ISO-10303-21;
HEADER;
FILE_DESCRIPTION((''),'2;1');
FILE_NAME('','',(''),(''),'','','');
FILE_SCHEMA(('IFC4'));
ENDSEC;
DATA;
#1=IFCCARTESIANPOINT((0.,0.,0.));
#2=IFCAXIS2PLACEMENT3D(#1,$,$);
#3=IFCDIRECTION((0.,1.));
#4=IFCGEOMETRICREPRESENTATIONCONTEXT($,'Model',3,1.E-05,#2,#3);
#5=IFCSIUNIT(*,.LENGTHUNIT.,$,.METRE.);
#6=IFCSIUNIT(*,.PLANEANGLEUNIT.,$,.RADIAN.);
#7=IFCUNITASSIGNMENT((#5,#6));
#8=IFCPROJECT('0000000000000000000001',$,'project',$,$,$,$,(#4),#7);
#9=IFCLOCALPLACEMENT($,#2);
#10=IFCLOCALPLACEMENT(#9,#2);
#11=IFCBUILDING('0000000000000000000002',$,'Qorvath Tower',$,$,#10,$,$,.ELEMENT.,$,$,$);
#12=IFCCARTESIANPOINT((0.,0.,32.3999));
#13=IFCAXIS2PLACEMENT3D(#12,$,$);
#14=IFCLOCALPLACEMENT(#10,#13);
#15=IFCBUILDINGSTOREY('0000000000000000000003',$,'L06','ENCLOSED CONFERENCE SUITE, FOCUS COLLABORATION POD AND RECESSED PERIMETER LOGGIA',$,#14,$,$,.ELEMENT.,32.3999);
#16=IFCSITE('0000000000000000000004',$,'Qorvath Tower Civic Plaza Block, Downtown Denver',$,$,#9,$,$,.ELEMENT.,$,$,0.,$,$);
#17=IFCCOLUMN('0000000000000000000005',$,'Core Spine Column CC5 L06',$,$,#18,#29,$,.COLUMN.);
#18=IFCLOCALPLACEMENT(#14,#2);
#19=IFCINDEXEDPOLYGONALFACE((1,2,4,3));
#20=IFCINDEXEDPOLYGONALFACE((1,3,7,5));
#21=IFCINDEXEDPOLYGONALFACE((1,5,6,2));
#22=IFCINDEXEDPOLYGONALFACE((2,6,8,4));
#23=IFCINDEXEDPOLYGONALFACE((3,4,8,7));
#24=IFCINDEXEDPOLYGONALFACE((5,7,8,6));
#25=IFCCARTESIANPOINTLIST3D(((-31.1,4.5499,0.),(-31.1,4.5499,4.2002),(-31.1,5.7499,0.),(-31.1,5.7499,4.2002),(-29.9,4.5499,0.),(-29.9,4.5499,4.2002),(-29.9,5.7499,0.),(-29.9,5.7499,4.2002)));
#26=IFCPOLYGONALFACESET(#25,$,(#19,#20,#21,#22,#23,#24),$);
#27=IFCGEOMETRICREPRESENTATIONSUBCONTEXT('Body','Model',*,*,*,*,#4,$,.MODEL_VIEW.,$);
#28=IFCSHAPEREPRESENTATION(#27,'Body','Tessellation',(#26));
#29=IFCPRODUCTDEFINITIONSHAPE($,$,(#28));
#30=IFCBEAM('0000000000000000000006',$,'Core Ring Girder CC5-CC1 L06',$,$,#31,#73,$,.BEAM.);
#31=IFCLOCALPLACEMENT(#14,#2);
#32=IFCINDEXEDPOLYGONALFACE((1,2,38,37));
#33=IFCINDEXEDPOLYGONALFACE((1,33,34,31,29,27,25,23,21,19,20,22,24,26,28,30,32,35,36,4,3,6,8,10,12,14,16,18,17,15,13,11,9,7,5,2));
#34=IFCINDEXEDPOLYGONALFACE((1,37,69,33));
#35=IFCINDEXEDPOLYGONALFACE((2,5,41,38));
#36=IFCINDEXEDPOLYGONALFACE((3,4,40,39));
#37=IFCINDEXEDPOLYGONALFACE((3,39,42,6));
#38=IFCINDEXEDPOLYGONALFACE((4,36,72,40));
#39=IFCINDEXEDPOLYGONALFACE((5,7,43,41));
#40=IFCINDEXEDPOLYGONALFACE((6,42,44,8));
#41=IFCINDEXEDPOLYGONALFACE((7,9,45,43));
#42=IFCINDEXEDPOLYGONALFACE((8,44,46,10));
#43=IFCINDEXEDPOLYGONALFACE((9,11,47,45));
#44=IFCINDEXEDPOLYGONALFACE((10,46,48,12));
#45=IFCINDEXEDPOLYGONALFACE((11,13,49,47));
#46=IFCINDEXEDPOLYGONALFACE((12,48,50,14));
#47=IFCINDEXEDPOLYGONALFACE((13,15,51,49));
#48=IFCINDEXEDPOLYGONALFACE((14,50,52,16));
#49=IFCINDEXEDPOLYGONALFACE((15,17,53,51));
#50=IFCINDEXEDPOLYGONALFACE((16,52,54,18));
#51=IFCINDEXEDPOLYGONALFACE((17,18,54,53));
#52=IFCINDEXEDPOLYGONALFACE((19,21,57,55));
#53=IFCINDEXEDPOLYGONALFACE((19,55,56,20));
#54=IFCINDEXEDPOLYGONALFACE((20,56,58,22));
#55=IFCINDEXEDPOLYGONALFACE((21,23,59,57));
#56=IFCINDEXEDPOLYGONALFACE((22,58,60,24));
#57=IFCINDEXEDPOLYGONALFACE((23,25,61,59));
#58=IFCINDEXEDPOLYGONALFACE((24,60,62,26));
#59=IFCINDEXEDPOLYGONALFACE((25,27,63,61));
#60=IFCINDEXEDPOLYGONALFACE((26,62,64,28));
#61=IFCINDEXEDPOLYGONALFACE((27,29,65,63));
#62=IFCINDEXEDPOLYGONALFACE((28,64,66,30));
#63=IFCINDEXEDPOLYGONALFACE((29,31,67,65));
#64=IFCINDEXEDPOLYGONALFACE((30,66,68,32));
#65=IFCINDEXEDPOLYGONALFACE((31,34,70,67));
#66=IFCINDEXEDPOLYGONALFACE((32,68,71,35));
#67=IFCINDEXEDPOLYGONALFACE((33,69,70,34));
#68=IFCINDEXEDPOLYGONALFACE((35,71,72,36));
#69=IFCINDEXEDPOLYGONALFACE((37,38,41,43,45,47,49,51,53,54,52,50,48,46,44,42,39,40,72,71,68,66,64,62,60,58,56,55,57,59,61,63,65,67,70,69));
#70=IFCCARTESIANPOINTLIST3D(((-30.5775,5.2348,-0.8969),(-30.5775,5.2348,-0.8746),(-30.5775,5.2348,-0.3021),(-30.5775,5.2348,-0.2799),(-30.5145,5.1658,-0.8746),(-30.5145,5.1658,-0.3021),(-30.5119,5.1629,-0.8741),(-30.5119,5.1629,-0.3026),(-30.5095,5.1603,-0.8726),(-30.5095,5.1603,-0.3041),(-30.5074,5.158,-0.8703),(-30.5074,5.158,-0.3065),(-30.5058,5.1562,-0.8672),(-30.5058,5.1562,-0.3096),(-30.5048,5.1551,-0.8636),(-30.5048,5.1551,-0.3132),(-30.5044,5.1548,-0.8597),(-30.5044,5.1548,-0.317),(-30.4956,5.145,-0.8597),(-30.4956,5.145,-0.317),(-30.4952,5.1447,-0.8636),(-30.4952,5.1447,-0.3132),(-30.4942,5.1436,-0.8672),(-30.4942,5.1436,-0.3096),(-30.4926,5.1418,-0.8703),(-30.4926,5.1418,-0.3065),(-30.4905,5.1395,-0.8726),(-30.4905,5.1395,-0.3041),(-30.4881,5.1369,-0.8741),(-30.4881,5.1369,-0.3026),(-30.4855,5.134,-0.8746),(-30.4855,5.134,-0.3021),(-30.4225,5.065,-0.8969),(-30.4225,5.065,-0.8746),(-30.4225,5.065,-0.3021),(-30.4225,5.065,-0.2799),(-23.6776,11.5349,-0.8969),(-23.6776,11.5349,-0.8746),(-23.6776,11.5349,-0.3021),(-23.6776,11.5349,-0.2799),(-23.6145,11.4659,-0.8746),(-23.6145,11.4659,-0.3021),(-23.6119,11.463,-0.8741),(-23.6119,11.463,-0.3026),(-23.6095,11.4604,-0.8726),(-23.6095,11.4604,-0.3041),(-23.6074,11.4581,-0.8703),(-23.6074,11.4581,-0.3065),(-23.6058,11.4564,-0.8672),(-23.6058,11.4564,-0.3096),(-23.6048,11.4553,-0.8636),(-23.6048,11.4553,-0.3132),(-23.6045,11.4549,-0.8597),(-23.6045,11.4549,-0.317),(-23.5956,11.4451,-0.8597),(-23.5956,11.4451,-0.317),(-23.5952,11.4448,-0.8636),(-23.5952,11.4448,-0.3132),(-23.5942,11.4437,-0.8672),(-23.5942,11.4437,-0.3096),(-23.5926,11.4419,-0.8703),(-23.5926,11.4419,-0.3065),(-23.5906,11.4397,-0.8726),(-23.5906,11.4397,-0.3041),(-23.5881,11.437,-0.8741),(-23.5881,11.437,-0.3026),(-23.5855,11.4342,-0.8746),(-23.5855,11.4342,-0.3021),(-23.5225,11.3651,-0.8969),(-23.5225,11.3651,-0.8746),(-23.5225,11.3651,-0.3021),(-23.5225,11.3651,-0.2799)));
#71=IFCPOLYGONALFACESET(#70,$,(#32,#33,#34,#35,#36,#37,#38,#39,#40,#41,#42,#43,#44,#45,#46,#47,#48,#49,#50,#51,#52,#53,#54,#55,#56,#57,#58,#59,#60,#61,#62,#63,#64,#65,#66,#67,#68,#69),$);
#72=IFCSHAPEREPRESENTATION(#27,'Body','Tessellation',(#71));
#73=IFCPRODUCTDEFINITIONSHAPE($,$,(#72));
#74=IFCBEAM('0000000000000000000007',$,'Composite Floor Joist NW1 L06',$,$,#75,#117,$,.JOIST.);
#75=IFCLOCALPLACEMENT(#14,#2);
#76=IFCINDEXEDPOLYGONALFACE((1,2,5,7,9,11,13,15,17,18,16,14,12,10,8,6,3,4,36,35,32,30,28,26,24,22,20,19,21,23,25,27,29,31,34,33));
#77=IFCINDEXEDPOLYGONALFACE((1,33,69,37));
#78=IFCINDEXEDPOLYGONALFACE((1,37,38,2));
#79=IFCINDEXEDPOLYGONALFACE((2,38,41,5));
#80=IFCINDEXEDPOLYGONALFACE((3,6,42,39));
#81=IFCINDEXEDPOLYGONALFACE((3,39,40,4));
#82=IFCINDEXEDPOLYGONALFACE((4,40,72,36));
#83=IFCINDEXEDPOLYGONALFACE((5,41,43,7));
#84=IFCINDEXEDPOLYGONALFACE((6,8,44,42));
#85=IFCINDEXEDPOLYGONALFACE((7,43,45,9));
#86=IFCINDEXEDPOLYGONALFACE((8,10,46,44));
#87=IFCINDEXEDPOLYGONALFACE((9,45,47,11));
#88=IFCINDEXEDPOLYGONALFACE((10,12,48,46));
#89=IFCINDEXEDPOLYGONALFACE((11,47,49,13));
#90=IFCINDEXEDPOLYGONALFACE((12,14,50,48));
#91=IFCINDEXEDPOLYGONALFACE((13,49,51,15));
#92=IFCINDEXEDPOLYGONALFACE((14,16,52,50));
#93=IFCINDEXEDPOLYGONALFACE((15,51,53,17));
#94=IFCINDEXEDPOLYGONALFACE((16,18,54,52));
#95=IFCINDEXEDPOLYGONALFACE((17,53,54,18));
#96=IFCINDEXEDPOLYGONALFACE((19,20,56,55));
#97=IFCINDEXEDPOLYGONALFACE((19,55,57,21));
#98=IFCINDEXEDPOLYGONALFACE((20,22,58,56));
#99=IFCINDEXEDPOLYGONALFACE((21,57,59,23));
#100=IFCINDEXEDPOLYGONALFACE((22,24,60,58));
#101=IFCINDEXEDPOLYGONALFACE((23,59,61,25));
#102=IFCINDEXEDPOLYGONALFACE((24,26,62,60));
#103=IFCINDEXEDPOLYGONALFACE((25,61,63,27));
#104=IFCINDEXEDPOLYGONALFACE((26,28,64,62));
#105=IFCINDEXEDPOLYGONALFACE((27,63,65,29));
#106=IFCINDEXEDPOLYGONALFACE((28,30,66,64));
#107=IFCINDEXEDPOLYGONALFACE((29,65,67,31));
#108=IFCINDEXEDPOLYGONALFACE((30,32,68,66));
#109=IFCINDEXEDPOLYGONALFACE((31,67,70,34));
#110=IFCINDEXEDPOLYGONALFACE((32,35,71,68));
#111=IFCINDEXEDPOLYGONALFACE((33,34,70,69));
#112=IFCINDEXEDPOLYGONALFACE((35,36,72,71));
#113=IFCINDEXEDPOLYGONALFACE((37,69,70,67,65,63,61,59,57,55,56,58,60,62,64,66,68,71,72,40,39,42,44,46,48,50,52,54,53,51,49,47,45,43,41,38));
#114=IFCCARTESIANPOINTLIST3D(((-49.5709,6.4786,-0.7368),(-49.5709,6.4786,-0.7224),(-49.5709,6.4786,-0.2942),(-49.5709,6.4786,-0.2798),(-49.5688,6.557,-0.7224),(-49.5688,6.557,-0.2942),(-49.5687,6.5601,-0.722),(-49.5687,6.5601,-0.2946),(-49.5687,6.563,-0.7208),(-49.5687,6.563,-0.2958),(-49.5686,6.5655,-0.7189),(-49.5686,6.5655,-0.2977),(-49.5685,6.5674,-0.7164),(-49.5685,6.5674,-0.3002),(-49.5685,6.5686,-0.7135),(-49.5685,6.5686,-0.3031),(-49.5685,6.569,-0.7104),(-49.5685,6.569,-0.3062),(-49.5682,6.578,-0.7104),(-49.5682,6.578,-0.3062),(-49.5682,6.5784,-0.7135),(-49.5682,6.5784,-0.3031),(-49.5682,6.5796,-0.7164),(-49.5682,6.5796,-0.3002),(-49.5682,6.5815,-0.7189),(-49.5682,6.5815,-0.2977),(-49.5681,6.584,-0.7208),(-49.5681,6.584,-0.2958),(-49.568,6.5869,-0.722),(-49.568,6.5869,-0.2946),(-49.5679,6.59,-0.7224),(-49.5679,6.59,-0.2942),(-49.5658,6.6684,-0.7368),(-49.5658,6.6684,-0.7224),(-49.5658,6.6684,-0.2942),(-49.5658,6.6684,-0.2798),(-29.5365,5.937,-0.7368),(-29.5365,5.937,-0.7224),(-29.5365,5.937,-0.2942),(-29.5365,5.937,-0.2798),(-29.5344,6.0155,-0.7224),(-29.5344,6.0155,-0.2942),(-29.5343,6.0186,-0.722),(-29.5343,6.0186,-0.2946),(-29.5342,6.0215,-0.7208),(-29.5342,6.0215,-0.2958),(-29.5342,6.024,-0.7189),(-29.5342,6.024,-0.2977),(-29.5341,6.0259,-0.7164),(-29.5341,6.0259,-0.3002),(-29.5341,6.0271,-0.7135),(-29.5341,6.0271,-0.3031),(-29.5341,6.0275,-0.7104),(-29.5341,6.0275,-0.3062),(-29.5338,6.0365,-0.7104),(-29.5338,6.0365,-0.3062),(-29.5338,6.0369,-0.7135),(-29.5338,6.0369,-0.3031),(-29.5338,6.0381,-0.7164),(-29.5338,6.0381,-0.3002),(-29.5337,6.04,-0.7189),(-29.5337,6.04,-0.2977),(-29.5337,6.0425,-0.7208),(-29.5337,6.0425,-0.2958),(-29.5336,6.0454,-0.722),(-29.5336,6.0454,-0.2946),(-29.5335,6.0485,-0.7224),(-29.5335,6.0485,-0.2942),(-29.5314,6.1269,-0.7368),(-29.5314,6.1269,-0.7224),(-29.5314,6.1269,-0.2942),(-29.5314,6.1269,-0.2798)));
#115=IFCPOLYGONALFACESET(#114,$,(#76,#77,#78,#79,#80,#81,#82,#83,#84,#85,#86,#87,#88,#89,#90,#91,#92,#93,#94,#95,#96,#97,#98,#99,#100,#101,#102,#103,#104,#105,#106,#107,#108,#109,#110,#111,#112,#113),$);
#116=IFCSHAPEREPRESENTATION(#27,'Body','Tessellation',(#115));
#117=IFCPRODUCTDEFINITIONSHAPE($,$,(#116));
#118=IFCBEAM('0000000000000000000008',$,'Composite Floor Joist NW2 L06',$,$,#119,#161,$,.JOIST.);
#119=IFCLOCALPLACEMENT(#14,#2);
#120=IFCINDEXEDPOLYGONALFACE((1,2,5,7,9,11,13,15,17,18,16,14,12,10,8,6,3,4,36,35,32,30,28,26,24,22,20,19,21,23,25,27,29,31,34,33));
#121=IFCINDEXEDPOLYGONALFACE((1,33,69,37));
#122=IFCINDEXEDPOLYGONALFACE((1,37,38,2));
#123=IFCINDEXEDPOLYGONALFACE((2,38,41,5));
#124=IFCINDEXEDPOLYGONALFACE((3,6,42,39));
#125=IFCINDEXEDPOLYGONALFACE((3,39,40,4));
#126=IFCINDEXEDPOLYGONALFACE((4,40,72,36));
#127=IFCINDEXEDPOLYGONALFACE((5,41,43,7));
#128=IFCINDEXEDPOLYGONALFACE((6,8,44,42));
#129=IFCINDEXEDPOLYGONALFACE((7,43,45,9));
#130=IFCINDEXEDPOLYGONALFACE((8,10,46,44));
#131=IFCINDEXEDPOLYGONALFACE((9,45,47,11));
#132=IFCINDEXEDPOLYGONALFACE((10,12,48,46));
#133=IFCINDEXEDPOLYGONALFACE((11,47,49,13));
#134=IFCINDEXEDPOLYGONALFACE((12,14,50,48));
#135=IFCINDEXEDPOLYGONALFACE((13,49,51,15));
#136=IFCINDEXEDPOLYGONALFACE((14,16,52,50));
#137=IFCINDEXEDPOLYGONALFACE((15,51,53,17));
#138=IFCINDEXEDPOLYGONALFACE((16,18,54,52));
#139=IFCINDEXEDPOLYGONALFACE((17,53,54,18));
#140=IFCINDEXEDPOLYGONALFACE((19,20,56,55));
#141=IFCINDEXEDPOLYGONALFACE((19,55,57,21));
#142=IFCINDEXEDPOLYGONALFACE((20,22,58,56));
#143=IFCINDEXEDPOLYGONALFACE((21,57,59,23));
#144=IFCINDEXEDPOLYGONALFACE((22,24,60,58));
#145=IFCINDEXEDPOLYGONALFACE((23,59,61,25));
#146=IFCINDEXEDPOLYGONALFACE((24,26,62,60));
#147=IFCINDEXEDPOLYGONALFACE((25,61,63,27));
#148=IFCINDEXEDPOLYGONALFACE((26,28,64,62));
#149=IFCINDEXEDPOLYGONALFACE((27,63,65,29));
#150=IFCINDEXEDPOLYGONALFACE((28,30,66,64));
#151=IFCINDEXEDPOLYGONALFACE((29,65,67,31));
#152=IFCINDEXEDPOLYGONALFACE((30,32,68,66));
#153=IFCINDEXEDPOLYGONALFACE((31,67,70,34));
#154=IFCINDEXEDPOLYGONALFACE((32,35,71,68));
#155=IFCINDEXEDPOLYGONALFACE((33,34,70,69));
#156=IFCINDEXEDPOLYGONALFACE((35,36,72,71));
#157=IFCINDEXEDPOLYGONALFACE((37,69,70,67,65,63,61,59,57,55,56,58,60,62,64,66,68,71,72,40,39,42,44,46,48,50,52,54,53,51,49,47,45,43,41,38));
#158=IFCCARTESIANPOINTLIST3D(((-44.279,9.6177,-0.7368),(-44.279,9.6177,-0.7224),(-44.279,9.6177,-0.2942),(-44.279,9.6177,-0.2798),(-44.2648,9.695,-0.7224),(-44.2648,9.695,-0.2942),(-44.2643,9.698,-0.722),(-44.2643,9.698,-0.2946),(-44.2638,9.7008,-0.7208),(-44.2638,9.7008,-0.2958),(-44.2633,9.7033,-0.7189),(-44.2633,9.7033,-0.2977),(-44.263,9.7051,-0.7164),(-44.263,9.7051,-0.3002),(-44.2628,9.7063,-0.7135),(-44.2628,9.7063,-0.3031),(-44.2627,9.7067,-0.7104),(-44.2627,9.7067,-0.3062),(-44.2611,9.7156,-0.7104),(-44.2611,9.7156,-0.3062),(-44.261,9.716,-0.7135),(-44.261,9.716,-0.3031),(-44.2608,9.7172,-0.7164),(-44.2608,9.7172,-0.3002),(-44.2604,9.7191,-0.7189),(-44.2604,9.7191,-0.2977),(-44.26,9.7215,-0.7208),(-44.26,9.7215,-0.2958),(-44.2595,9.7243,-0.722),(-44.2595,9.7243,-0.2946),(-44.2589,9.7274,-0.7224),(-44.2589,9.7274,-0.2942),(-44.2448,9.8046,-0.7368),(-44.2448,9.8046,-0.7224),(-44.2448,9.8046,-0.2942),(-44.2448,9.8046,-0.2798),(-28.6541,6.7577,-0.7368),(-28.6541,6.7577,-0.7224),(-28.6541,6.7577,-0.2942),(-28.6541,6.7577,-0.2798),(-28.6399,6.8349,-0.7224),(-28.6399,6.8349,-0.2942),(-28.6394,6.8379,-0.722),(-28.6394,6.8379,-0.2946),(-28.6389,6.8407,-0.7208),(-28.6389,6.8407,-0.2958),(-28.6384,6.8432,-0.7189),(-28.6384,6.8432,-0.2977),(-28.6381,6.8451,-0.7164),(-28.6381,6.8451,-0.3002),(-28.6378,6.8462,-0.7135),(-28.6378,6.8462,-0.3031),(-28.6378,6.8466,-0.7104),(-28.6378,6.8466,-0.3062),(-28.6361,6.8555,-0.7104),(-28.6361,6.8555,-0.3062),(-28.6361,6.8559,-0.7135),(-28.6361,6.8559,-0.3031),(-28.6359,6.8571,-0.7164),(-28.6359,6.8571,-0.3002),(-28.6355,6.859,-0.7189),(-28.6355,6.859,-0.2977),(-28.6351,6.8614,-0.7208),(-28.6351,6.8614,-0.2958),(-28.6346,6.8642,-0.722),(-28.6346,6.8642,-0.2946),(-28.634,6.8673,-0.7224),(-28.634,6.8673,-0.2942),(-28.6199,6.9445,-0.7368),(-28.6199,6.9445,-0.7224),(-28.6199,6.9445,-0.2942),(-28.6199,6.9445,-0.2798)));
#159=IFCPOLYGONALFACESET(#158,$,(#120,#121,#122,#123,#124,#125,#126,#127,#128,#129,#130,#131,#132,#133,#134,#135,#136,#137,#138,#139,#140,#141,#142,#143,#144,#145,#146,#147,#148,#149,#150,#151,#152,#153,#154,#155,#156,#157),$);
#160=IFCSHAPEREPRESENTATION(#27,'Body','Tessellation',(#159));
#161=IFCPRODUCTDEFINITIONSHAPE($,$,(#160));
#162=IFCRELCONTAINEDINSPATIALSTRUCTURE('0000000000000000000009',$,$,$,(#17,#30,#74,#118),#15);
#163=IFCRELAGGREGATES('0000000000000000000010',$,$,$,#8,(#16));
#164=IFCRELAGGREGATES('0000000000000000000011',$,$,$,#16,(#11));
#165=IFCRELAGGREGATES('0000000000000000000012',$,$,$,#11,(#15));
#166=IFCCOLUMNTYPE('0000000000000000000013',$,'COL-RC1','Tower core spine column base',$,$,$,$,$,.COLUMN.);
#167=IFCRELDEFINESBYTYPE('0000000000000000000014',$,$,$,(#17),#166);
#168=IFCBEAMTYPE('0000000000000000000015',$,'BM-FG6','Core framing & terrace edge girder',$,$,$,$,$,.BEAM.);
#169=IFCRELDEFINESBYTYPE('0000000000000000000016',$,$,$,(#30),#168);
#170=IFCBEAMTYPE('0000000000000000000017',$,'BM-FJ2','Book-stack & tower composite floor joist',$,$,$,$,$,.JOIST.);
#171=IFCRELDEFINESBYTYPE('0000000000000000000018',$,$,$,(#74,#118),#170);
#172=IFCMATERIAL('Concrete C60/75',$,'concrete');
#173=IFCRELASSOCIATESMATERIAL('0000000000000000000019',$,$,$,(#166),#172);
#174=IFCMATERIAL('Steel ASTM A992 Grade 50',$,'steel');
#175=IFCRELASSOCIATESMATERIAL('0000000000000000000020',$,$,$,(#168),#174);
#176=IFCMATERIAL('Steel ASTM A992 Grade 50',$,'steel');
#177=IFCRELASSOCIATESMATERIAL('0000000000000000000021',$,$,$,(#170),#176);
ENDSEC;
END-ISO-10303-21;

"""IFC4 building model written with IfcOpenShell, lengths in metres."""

from ifc_helpers import new_model, si_unit, direction, frame, origin, origin_2d, place, context, subcontext, project, spatial, rectangle, i_section, extrude, material, material_profile, profile_set, type_object, element, save


model = new_model("IFC4")

# Units and contexts
model_context = context("Model", 3, precision=1e-05, world=origin(), true_north=direction((0.0, 1.0)))
body_context = subcontext(model_context, "Body", "Model", "MODEL_VIEW")
ifc_project = project(units=[si_unit("LENGTHUNIT", "METRE"), si_unit("PLANEANGLEUNIT", "RADIAN")], contexts=[model_context])

# Site, building, storey
site_placement = place(None, origin())
site = spatial("IfcSite", under=ifc_project, at=site_placement, Name="Qorvath Tower Civic Plaza Block, Downtown Denver", CompositionType="ELEMENT", RefElevation=0.0)
building_placement = place(site_placement, origin())
building = spatial("IfcBuilding", under=site, at=building_placement, Name="Qorvath Tower", CompositionType="ELEMENT")
storey_placement = place(building_placement, frame((0.0, 0.0, 32.3999)))
storey = spatial("IfcBuildingStorey", under=building, at=storey_placement, Name="L06", Description="ENCLOSED CONFERENCE SUITE, FOCUS COLLABORATION POD AND RECESSED PERIMETER LOGGIA", CompositionType="ELEMENT", Elevation=32.3999)

# Column
ifc_material_1 = material(Name="Concrete C60/75", Category="concrete")
ifc_material_profile_1 = material_profile(ifc_material_1, rectangle(XDim=1.2, YDim=1.2, at=origin_2d()), Name="RC 1200x1200")
ifc_profile_set_1 = profile_set([ifc_material_profile_1], Name="Concrete C60/75")
column_type = type_object("IfcColumnType", Name="COL-RC1", Description="Tower core spine column base", PredefinedType="COLUMN", material=ifc_profile_set_1)
column_placement = place(storey_placement, frame((-30.5, 5.1499, 0.0), z_axis=(0.0, 0.0, 1.0), x_axis=(1.0, 0.0, 0.0)))
element("IfcColumn", 1, at=column_placement, inside=storey, type_object=column_type, Name="Core Spine Column CC5 L06", PredefinedType="COLUMN", context=body_context, shape_type="SweptSolid", body=[
    extrude(rectangle(XDim=1.2, YDim=1.2, at=origin_2d()), origin(), (0.0, 0.0, 1.0), 4.2002),
])

# Beams
ifc_material_2 = material(Name="Steel ASTM A992 Grade 50", Category="steel")
ifc_material_profile_2 = material_profile(ifc_material_2, i_section(OverallWidth=0.23, OverallDepth=0.6169, WebThickness=0.0132, FlangeThickness=0.0222, FilletRadius=0.0149, at=origin_2d()), Name="W24x94")
ifc_profile_set_2 = profile_set([ifc_material_profile_2], Name="Steel ASTM A992 Grade 50")
beam_type_1 = type_object("IfcBeamType", Name="BM-FG6", Description="Core framing & terrace edge girder", PredefinedType="BEAM", material=ifc_profile_set_2)
beam_1_placement = place(storey_placement, frame((-30.5, 5.1499, -0.5884), z_axis=(0.738478, 0.674277, 0.0), x_axis=(-0.674277, 0.738478, 0.0)))
element("IfcBeam", 2, at=beam_1_placement, inside=storey, type_object=beam_type_1, Name="Core Ring Girder CC5-CC1 L06", PredefinedType="BEAM", context=body_context, shape_type="SweptSolid", body=[
    extrude(i_section(OverallWidth=0.23, OverallDepth=0.6169, WebThickness=0.0132, FlangeThickness=0.0222, FilletRadius=0.0149, at=origin_2d()), origin(), (0.0, 0.0, 1.0), 9.3435),
])
ifc_material_3 = material(Name="Steel ASTM A992 Grade 50", Category="steel")
ifc_material_profile_3 = material_profile(ifc_material_3, i_section(OverallWidth=0.1899, OverallDepth=0.457, WebThickness=0.009, FlangeThickness=0.0144, FilletRadius=0.012, at=origin_2d()), Name="W18x50")
ifc_profile_set_3 = profile_set([ifc_material_profile_3], Name="Steel ASTM A992 Grade 50")
beam_type_2 = type_object("IfcBeamType", Name="BM-FJ2", Description="Book-stack & tower composite floor joist", PredefinedType="JOIST", material=ifc_profile_set_3)
beam_2_placement = place(storey_placement, frame((-29.5339, 6.032, -0.5083), z_axis=(-0.999635, 0.027019, 0.0), x_axis=(-0.027019, -0.999635, 0.0)))
element("IfcBeam", 3, at=beam_2_placement, inside=storey, type_object=beam_type_2, Name="Composite Floor Joist NW1 L06", PredefinedType="JOIST", context=body_context, shape_type="SweptSolid", body=[
    extrude(i_section(OverallWidth=0.1899, OverallDepth=0.457, WebThickness=0.009, FlangeThickness=0.0144, FilletRadius=0.012, at=origin_2d()), origin(), (0.0, 0.0, 1.0), 20.0417),
])
beam_3_placement = place(storey_placement, frame((-28.637, 6.8511, -0.5083), z_axis=(-0.983656, 0.180055, 0.0), x_axis=(-0.180055, -0.983656, 0.0)))
element("IfcBeam", 4, at=beam_3_placement, inside=storey, type_object=beam_type_2, Name="Composite Floor Joist NW2 L06", PredefinedType="JOIST", context=body_context, shape_type="SweptSolid", body=[
    extrude(i_section(OverallWidth=0.1899, OverallDepth=0.457, WebThickness=0.009, FlangeThickness=0.0144, FilletRadius=0.012, at=origin_2d()), origin(), (0.0, 0.0, 1.0), 15.8845),
])

save(model, "model.ifc")
